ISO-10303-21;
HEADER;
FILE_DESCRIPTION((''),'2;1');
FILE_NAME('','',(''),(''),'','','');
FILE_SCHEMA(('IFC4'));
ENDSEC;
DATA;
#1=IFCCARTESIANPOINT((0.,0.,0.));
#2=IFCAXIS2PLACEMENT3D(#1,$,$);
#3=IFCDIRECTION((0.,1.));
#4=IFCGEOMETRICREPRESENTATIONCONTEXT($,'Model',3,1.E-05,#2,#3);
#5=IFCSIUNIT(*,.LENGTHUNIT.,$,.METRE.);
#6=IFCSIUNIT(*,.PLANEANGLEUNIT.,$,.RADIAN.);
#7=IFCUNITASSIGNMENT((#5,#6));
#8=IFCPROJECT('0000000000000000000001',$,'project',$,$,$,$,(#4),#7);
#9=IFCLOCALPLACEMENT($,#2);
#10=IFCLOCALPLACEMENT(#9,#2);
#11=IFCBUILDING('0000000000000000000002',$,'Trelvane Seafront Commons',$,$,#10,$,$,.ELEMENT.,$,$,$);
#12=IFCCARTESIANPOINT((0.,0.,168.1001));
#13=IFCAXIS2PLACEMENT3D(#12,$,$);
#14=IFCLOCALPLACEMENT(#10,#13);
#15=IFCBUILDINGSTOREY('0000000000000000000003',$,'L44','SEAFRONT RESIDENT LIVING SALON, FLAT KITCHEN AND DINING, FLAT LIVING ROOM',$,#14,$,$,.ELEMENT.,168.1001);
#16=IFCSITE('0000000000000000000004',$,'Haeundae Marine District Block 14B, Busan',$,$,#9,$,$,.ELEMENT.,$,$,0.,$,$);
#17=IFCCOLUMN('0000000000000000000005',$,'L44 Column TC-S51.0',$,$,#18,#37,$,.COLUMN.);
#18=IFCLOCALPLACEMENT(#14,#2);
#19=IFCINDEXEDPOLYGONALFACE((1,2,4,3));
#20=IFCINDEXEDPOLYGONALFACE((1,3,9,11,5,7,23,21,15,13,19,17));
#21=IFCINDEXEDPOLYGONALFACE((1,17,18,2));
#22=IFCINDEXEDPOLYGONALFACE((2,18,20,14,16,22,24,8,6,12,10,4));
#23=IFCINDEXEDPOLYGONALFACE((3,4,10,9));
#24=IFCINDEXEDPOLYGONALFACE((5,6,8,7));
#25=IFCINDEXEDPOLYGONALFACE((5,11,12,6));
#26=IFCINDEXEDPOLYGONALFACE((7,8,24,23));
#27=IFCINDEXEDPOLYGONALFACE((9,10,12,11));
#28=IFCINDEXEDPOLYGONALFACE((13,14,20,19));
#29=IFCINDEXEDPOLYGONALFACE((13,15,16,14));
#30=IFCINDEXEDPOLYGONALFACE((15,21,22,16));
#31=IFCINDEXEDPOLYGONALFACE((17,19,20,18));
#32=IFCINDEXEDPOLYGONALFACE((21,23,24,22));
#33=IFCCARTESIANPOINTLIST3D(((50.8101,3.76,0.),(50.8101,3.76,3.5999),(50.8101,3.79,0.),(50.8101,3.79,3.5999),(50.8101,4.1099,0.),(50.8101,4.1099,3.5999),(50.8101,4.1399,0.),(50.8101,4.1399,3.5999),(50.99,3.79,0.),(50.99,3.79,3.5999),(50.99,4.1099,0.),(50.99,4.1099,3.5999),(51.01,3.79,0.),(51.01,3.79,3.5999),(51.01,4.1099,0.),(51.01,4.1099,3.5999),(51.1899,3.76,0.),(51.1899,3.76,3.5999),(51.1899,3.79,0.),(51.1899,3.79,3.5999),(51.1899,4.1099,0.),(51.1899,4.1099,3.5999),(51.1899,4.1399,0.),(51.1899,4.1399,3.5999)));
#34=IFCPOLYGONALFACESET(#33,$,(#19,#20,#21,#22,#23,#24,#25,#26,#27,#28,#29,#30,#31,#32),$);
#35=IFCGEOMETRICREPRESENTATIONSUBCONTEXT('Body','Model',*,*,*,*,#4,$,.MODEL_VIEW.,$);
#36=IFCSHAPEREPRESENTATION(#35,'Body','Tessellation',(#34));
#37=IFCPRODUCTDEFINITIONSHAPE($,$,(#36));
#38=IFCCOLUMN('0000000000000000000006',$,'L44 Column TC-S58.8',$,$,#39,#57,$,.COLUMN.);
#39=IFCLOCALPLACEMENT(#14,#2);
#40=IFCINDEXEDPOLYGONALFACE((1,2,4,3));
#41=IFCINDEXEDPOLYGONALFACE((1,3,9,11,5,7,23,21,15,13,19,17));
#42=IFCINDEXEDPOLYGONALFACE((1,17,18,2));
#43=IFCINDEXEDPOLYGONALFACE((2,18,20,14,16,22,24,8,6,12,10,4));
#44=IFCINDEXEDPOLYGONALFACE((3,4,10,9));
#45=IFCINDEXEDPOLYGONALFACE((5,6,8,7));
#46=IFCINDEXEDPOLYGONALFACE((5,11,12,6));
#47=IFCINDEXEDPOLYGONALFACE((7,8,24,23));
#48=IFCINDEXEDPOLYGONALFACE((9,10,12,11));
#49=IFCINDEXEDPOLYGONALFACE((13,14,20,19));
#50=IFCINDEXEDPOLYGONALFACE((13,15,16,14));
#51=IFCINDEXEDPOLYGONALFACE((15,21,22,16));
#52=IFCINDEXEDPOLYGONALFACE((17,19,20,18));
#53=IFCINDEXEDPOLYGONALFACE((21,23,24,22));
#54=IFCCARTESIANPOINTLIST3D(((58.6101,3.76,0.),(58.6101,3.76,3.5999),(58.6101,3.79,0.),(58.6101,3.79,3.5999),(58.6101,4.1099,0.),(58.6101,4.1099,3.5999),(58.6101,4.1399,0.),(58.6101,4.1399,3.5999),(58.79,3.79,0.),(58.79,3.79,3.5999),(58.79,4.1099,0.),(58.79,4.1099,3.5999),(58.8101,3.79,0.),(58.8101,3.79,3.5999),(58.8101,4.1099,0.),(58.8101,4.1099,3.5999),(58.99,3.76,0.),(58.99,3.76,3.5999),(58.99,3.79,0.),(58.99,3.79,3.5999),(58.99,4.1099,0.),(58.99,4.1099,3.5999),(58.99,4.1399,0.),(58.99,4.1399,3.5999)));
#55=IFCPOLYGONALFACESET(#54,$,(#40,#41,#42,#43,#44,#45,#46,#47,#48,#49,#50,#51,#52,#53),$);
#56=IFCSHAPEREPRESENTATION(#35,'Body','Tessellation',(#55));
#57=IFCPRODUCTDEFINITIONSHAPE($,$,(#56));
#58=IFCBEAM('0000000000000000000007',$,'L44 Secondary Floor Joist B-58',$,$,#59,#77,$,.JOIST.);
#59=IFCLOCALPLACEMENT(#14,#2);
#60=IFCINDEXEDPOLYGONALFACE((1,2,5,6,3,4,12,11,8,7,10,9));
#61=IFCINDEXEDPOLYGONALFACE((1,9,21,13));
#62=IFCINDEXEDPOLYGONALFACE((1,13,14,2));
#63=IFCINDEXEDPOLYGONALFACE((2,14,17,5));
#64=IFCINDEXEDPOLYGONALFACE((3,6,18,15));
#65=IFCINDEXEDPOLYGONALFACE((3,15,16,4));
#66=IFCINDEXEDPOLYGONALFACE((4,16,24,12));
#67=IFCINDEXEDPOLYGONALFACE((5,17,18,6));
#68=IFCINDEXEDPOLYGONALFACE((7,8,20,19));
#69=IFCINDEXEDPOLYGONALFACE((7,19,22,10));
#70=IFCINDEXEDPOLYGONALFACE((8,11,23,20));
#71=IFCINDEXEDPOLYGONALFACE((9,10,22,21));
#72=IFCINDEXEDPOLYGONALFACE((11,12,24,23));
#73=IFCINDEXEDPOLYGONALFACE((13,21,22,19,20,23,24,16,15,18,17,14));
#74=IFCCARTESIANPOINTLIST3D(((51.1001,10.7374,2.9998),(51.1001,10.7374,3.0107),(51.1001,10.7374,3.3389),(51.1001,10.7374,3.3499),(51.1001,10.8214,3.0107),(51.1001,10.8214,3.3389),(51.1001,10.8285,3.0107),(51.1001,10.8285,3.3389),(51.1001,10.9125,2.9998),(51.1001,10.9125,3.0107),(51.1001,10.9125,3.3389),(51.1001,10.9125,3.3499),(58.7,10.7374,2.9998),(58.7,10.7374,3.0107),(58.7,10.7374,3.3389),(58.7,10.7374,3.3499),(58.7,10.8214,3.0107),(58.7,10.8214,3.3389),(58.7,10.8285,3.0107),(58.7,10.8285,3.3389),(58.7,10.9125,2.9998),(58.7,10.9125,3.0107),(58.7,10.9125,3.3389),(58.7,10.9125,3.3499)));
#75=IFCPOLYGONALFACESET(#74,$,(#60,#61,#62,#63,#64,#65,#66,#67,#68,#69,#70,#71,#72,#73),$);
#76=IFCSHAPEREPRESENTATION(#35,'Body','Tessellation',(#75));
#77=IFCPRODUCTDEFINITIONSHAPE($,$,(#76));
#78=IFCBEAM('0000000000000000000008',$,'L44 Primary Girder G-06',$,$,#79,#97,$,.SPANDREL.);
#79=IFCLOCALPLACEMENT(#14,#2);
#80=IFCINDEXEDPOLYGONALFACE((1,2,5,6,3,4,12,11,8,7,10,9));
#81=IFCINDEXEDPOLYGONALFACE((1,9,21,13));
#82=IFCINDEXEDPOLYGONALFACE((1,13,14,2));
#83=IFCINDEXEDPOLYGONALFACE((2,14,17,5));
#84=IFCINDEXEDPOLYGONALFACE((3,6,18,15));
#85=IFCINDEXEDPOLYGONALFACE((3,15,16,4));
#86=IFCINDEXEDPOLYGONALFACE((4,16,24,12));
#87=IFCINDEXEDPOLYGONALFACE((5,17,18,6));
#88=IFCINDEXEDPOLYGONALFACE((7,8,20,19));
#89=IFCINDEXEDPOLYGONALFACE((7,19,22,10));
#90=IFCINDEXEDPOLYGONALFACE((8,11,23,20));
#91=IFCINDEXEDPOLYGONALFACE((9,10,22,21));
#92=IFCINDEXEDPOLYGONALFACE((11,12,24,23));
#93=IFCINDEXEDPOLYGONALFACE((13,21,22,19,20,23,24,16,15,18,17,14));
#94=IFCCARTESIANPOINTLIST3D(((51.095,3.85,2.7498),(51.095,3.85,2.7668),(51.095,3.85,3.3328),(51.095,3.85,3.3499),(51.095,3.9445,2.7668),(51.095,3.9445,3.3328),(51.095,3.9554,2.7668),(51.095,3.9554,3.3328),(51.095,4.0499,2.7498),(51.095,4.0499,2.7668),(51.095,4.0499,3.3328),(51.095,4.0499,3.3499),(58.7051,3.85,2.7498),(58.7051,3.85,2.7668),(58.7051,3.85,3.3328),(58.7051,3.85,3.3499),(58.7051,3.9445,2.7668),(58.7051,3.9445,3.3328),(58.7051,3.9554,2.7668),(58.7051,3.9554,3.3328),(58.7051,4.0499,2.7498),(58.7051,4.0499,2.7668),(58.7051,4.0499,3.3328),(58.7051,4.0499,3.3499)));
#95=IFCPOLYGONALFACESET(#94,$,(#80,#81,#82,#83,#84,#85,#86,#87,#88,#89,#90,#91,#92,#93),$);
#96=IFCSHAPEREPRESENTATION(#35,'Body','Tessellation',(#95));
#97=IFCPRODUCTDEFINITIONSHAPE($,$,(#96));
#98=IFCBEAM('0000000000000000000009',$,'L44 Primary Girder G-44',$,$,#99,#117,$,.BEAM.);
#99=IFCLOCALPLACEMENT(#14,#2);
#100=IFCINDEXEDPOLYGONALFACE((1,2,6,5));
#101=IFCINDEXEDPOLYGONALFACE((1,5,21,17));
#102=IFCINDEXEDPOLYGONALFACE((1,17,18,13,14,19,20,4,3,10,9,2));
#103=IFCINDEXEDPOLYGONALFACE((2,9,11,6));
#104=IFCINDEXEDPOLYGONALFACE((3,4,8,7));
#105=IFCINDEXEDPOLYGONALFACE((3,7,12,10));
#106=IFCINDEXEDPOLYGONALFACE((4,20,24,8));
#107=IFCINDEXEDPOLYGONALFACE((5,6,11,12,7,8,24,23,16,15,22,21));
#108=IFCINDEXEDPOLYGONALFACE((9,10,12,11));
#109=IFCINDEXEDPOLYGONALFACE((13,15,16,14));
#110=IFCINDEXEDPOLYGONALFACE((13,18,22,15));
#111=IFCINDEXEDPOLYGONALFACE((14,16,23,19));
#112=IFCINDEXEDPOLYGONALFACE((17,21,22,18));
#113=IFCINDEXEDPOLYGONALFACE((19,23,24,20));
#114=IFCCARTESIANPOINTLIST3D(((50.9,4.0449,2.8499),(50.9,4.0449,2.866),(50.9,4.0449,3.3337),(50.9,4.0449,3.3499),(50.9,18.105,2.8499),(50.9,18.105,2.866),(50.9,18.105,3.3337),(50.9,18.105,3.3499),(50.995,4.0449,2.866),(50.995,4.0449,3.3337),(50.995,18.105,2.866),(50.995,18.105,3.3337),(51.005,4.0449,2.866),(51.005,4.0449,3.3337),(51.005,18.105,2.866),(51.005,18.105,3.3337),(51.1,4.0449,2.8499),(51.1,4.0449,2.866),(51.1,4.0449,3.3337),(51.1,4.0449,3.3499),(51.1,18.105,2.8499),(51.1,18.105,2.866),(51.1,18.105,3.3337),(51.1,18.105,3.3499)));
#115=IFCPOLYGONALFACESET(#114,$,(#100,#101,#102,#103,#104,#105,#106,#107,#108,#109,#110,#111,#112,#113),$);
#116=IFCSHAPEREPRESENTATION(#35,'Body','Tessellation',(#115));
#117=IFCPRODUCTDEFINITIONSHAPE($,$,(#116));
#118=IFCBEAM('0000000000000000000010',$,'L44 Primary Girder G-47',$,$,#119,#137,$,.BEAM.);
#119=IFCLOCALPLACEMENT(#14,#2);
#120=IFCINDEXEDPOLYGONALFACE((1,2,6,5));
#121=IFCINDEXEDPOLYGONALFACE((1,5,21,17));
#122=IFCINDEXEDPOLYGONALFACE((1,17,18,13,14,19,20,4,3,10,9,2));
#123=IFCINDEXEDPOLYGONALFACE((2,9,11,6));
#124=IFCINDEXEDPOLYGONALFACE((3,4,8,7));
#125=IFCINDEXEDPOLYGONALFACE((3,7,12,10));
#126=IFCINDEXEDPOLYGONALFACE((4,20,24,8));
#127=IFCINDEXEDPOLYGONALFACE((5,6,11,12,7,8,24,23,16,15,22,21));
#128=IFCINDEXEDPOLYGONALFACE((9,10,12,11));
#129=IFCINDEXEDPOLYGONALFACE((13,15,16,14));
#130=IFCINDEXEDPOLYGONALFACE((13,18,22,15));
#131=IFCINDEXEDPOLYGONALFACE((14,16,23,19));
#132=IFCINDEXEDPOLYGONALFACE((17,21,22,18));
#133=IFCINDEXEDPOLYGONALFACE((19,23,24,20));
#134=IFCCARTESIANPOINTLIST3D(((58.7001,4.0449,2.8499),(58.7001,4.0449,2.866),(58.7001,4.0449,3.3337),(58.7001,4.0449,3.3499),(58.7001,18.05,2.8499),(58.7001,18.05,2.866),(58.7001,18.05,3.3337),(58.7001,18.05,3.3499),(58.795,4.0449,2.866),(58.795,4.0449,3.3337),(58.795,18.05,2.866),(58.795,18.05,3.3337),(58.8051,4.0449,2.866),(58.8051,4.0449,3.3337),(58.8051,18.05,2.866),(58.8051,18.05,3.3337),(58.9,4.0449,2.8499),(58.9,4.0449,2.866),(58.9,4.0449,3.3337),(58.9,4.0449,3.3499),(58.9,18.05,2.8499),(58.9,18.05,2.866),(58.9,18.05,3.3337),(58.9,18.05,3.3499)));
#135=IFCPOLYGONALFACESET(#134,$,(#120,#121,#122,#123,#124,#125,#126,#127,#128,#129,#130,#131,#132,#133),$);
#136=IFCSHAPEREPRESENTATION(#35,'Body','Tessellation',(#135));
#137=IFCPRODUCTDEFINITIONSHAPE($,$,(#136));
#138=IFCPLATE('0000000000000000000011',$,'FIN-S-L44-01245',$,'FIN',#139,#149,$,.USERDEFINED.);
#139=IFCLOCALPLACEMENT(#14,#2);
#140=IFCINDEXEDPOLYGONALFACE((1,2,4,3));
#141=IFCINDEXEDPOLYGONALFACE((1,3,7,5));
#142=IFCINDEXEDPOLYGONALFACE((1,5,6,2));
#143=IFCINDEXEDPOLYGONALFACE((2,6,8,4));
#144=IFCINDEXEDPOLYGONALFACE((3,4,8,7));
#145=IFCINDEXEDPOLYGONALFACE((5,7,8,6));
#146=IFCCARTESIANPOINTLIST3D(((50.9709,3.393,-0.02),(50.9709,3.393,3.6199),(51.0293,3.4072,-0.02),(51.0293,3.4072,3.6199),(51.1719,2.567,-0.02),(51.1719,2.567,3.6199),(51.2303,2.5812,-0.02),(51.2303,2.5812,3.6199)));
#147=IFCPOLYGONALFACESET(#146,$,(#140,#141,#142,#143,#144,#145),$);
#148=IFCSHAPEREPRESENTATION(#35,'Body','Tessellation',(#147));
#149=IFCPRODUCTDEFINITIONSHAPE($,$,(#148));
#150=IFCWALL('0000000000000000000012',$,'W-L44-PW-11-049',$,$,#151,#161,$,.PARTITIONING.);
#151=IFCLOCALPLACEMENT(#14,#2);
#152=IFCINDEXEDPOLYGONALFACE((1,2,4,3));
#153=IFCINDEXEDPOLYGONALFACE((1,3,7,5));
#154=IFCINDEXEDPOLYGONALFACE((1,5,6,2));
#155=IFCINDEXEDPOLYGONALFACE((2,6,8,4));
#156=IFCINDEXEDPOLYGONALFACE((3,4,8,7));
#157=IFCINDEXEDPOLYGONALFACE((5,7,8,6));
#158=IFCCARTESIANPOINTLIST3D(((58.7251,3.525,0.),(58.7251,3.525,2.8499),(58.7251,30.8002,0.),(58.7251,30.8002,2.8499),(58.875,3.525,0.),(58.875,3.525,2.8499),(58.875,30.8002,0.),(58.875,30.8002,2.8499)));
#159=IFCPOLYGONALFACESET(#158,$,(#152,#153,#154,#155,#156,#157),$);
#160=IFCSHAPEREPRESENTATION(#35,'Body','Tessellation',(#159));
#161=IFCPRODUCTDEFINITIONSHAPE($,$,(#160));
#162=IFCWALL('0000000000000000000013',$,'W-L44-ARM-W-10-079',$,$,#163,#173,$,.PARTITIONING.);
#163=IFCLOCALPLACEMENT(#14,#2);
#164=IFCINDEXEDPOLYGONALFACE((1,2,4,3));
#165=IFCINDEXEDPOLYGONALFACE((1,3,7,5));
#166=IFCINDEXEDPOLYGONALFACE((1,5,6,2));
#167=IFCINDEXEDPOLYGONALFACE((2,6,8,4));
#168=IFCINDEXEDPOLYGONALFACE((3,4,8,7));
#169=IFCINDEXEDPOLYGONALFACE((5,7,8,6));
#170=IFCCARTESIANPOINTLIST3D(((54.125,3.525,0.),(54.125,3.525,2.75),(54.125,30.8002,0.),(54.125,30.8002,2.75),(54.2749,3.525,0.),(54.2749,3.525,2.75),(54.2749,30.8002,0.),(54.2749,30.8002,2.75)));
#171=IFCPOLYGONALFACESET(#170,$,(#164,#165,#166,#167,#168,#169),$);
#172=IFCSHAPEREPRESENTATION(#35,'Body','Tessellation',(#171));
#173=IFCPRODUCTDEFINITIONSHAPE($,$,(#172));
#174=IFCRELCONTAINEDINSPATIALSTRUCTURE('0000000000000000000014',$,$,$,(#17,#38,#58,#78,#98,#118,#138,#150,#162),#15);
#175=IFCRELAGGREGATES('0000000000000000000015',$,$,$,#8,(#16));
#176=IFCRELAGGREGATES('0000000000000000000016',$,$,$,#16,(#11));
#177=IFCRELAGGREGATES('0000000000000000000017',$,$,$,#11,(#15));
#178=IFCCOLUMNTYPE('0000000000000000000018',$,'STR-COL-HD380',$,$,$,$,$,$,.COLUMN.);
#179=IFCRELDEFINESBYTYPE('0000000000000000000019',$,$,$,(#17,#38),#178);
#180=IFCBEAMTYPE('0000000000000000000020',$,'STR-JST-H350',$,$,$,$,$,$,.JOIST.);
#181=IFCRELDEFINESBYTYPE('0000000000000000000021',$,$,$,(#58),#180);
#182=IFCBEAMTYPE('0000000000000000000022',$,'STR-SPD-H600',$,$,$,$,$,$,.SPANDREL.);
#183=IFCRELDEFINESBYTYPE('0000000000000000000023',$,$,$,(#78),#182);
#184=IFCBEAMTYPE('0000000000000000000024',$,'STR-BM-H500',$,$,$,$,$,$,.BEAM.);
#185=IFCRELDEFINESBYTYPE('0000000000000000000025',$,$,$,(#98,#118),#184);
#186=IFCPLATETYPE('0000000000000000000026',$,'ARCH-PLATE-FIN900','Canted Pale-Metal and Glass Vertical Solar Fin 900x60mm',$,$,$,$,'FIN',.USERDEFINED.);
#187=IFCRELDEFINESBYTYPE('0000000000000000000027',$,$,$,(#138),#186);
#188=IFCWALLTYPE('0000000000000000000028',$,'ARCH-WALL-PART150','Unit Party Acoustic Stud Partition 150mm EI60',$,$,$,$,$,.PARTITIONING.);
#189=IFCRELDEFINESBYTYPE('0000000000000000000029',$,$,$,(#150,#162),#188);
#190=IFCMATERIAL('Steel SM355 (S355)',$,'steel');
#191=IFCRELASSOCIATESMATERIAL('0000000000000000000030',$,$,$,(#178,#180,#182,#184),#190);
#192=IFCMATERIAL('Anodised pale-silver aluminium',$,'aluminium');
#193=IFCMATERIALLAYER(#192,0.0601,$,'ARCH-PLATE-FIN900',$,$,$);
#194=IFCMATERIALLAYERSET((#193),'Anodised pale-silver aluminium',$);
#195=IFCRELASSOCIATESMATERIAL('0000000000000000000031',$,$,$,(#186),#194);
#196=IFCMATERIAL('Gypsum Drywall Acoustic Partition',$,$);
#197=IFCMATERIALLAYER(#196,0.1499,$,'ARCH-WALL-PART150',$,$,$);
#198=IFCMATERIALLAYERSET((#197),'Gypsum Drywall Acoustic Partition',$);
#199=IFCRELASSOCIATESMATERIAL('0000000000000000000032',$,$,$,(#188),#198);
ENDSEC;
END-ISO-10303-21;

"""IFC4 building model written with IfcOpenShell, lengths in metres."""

from ifc_helpers import new_model, si_unit, direction, frame, frame_2d, origin, origin_2d, place, context, subcontext, project, spatial, rectangle, i_section, extrude, source, transform, mapped, material, layer, layer_set, material_profile, profile_set, type_object, element, save


model = new_model("IFC4")

# Units and contexts
model_context = context("Model", 3, precision=1e-05, world=origin(), true_north=direction((0.0, 1.0)))
body_context = subcontext(model_context, "Body", "Model", "MODEL_VIEW")
ifc_project = project(units=[si_unit("LENGTHUNIT", "METRE"), si_unit("PLANEANGLEUNIT", "RADIAN")], contexts=[model_context])

# Site, building, storey
site_placement = place(None, origin())
site = spatial("IfcSite", under=ifc_project, at=site_placement, Name="Haeundae Marine District Block 14B, Busan", CompositionType="ELEMENT", RefElevation=0.0)
building_placement = place(site_placement, origin())
building = spatial("IfcBuilding", under=site, at=building_placement, Name="Trelvane Seafront Commons", CompositionType="ELEMENT")
storey_placement = place(building_placement, frame((0.0, 0.0, 168.1001)))
storey = spatial("IfcBuildingStorey", under=building, at=storey_placement, Name="L44", Description="SEAFRONT RESIDENT LIVING SALON, FLAT KITCHEN AND DINING, FLAT LIVING ROOM", CompositionType="ELEMENT", Elevation=168.1001)

# Columns
ifc_material_1 = material(Name="Steel SM355 (S355)", Category="steel")
ifc_material_profile_1 = material_profile(ifc_material_1, i_section(OverallWidth=0.3799, OverallDepth=0.3799, WebThickness=0.02, FlangeThickness=0.03, at=origin_2d()), Name="HD-380x380x20x30")
ifc_profile_set_1 = profile_set([ifc_material_profile_1], Name="Steel SM355 (S355)")
column_type = type_object("IfcColumnType", Name="STR-COL-HD380", PredefinedType="COLUMN", material=ifc_profile_set_1)
shared_shape_1 = source(origin(), body_context, "Body", "SweptSolid", [
    extrude(i_section(OverallWidth=0.3799, OverallDepth=0.3799, WebThickness=0.02, FlangeThickness=0.03, at=origin_2d()), origin(), (0.0, 0.0, 1.0), 3.5999),
])
for number, where, z_axis, x_axis, name in (
    (1, (51.0, 3.95, 0.0), (0.0, 0.0, 1.0), (1.0, 0.0, 0.0), "L44 Column TC-S51.0"),
    (2, (58.8, 3.95, 0.0), (0.0, 0.0, 1.0), (1.0, 0.0, 0.0), "L44 Column TC-S58.8"),
):
    element("IfcColumn", number, at=place(storey_placement, frame(where, z_axis=z_axis, x_axis=x_axis)), inside=storey, type_object=column_type, Name=name, PredefinedType="COLUMN", context=body_context, shape_type="MappedRepresentation", body=[
        mapped(shared_shape_1, transform((0.0, 0.0, 0.0), x_axis=(1.0, 0.0, 0.0), y_axis=(0.0, 1.0, 0.0), z_axis=(0.0, 0.0, 1.0), scale=1.0)),
    ])

# Beams
ifc_material_profile_2 = material_profile(ifc_material_1, i_section(OverallWidth=0.175, OverallDepth=0.3501, WebThickness=0.0071, FlangeThickness=0.011, at=origin_2d()), Name="H-350x175x7x11")
ifc_profile_set_2 = profile_set([ifc_material_profile_2], Name="Steel SM355 (S355)")
beam_type_1 = type_object("IfcBeamType", Name="STR-JST-H350", PredefinedType="JOIST", material=ifc_profile_set_2)
shared_shape_2 = source(origin(), body_context, "Body", "SweptSolid", [
    extrude(i_section(OverallWidth=0.175, OverallDepth=0.3501, WebThickness=0.0071, FlangeThickness=0.011, at=origin_2d()), origin(), (0.0, 0.0, 1.0), 7.5999),
])
beam_1_placement = place(storey_placement, frame((51.1001, 10.825, 3.1748), z_axis=(1.0, 0.0, 0.0), x_axis=(0.0, 1.0, 0.0)))
element("IfcBeam", 3, at=beam_1_placement, inside=storey, type_object=beam_type_1, Name="L44 Secondary Floor Joist B-58", PredefinedType="JOIST", context=body_context, shape_type="MappedRepresentation", body=[
    mapped(shared_shape_2, transform((0.0, 0.0, 0.0), x_axis=(1.0, 0.0, 0.0), y_axis=(0.0, 1.0, 0.0), z_axis=(0.0, 0.0, 1.0), scale=1.0)),
])
ifc_material_profile_3 = material_profile(ifc_material_1, i_section(OverallWidth=0.2, OverallDepth=0.6001, WebThickness=0.011, FlangeThickness=0.0171, at=origin_2d()), Name="H-600x200x11x17")
ifc_profile_set_3 = profile_set([ifc_material_profile_3], Name="Steel SM355 (S355)")
beam_type_2 = type_object("IfcBeamType", Name="STR-SPD-H600", PredefinedType="SPANDREL", material=ifc_profile_set_3)
shared_shape_3 = source(origin(), body_context, "Body", "SweptSolid", [
    extrude(i_section(OverallWidth=0.2, OverallDepth=0.6001, WebThickness=0.011, FlangeThickness=0.0171, at=origin_2d()), origin(), (0.0, 0.0, 1.0), 7.6101),
])
beam_2_placement = place(storey_placement, frame((51.095, 3.95, 3.0498), z_axis=(1.0, 0.0, 0.0), x_axis=(0.0, 1.0, 0.0)))
element("IfcBeam", 4, at=beam_2_placement, inside=storey, type_object=beam_type_2, Name="L44 Primary Girder G-06", PredefinedType="SPANDREL", context=body_context, shape_type="MappedRepresentation", body=[
    mapped(shared_shape_3, transform((0.0, 0.0, 0.0), x_axis=(1.0, 0.0, 0.0), y_axis=(0.0, 1.0, 0.0), z_axis=(0.0, 0.0, 1.0), scale=1.0)),
])
ifc_material_profile_4 = material_profile(ifc_material_1, i_section(OverallWidth=0.2, OverallDepth=0.5, WebThickness=0.01, FlangeThickness=0.0161, at=origin_2d()), Name="H-500x200x10x16")
ifc_profile_set_4 = profile_set([ifc_material_profile_4], Name="Steel SM355 (S355)")
beam_type_3 = type_object("IfcBeamType", Name="STR-BM-H500", PredefinedType="BEAM", material=ifc_profile_set_4)
shared_shape_4 = source(origin(), body_context, "Body", "SweptSolid", [
    extrude(i_section(OverallWidth=0.2, OverallDepth=0.5, WebThickness=0.01, FlangeThickness=0.0161, at=origin_2d()), origin(), (0.0, 0.0, 1.0), 14.0601),
])
beam_3_placement = place(storey_placement, frame((51.0, 4.0449, 3.0999), z_axis=(0.0, 1.0, 0.0), x_axis=(-1.0, 0.0, 0.0)))
element("IfcBeam", 5, at=beam_3_placement, inside=storey, type_object=beam_type_3, Name="L44 Primary Girder G-44", PredefinedType="BEAM", context=body_context, shape_type="MappedRepresentation", body=[
    mapped(shared_shape_4, transform((0.0, 0.0, 0.0), x_axis=(1.0, 0.0, 0.0), y_axis=(0.0, 1.0, 0.0), z_axis=(0.0, 0.0, 1.0), scale=1.0)),
])
shared_shape_5 = source(origin(), body_context, "Body", "SweptSolid", [
    extrude(i_section(OverallWidth=0.2, OverallDepth=0.5, WebThickness=0.01, FlangeThickness=0.0161, at=origin_2d()), origin(), (0.0, 0.0, 1.0), 14.0051),
])
beam_4_placement = place(storey_placement, frame((58.8, 4.0449, 3.0999), z_axis=(0.0, 1.0, 0.0), x_axis=(-1.0, 0.0, 0.0)))
element("IfcBeam", 6, at=beam_4_placement, inside=storey, type_object=beam_type_3, Name="L44 Primary Girder G-47", PredefinedType="BEAM", context=body_context, shape_type="MappedRepresentation", body=[
    mapped(shared_shape_5, transform((0.0, 0.0, 0.0), x_axis=(1.0, 0.0, 0.0), y_axis=(0.0, 1.0, 0.0), z_axis=(0.0, 0.0, 1.0), scale=1.0)),
])

# Plate
ifc_material_2 = material(Name="Anodised pale-silver aluminium", Category="aluminium")
ifc_layer_1 = layer(ifc_material_2, 0.0601, Name="ARCH-PLATE-FIN900")
ifc_layer_set_1 = layer_set([ifc_layer_1], Name="Anodised pale-silver aluminium")
plate_type = type_object("IfcPlateType", Name="ARCH-PLATE-FIN900", Description="Canted Pale-Metal and Glass Vertical Solar Fin 900x60mm", ElementType="FIN", PredefinedType="USERDEFINED", material=ifc_layer_set_1)
shared_shape_6 = source(origin(), body_context, "Body", "SweptSolid", [
    extrude(rectangle(XDim=0.8501, YDim=0.0601, at=origin_2d()), origin(), (0.0, 0.0, 1.0), 3.6399),
])
plate_placement = place(storey_placement, frame((51.1006, 2.9871, -0.02), z_axis=(0.0, 0.0, 1.0), x_axis=(0.236468, -0.971639, 0.0)))
element("IfcPlate", 7, at=plate_placement, inside=storey, type_object=plate_type, Name="FIN-S-L44-01245", ObjectType="FIN", PredefinedType="USERDEFINED", context=body_context, shape_type="MappedRepresentation", body=[
    mapped(shared_shape_6, transform((0.0, 0.0, 0.0), x_axis=(1.0, 0.0, 0.0), y_axis=(0.0, 1.0, 0.0), z_axis=(0.0, 0.0, 1.0), scale=1.0)),
])

# Shared definitions
ifc_material_3 = material(Name="Gypsum Drywall Acoustic Partition")

# Walls
ifc_layer_2 = layer(ifc_material_3, 0.1499, Name="ARCH-WALL-PART150")
ifc_layer_set_2 = layer_set([ifc_layer_2], Name="Gypsum Drywall Acoustic Partition")
wall_type_1 = type_object("IfcWallType", Name="ARCH-WALL-PART150", Description="Unit Party Acoustic Stud Partition 150mm EI60", PredefinedType="PARTITIONING", material=ifc_layer_set_2)
wall_1_placement = place(storey_placement, frame((58.8, 3.5249, 0.0), z_axis=(0.0, 0.0, 1.0), x_axis=(0.0, 1.0, 0.0)))
element("IfcWall", 8, at=wall_1_placement, inside=storey, type_object=wall_type_1, Name="W-L44-PW-11-049", PredefinedType="PARTITIONING", context=body_context, shape_type="SweptSolid", body=[
    extrude(rectangle(XDim=27.2751, YDim=0.1499, at=frame_2d((13.6377, 0.0))), origin(), (0.0, 0.0, 1.0), 2.8499),
])
for number, where, z_axis, x_axis, name in (
    (9, (54.2, 3.5249, 0.0), (0.0, 0.0, 1.0), (0.0, 1.0, 0.0), "W-L44-ARM-W-10-079"),
):
    element("IfcWall", number, at=place(storey_placement, frame(where, z_axis=z_axis, x_axis=x_axis)), inside=storey, type_object=wall_type_1, Name=name, PredefinedType="PARTITIONING", context=body_context, shape_type="SweptSolid", body=[
        extrude(rectangle(XDim=27.2751, YDim=0.1499, at=frame_2d((13.6377, 0.0))), origin(), (0.0, 0.0, 1.0), 2.75),
    ])

save(model, "model.ifc")
